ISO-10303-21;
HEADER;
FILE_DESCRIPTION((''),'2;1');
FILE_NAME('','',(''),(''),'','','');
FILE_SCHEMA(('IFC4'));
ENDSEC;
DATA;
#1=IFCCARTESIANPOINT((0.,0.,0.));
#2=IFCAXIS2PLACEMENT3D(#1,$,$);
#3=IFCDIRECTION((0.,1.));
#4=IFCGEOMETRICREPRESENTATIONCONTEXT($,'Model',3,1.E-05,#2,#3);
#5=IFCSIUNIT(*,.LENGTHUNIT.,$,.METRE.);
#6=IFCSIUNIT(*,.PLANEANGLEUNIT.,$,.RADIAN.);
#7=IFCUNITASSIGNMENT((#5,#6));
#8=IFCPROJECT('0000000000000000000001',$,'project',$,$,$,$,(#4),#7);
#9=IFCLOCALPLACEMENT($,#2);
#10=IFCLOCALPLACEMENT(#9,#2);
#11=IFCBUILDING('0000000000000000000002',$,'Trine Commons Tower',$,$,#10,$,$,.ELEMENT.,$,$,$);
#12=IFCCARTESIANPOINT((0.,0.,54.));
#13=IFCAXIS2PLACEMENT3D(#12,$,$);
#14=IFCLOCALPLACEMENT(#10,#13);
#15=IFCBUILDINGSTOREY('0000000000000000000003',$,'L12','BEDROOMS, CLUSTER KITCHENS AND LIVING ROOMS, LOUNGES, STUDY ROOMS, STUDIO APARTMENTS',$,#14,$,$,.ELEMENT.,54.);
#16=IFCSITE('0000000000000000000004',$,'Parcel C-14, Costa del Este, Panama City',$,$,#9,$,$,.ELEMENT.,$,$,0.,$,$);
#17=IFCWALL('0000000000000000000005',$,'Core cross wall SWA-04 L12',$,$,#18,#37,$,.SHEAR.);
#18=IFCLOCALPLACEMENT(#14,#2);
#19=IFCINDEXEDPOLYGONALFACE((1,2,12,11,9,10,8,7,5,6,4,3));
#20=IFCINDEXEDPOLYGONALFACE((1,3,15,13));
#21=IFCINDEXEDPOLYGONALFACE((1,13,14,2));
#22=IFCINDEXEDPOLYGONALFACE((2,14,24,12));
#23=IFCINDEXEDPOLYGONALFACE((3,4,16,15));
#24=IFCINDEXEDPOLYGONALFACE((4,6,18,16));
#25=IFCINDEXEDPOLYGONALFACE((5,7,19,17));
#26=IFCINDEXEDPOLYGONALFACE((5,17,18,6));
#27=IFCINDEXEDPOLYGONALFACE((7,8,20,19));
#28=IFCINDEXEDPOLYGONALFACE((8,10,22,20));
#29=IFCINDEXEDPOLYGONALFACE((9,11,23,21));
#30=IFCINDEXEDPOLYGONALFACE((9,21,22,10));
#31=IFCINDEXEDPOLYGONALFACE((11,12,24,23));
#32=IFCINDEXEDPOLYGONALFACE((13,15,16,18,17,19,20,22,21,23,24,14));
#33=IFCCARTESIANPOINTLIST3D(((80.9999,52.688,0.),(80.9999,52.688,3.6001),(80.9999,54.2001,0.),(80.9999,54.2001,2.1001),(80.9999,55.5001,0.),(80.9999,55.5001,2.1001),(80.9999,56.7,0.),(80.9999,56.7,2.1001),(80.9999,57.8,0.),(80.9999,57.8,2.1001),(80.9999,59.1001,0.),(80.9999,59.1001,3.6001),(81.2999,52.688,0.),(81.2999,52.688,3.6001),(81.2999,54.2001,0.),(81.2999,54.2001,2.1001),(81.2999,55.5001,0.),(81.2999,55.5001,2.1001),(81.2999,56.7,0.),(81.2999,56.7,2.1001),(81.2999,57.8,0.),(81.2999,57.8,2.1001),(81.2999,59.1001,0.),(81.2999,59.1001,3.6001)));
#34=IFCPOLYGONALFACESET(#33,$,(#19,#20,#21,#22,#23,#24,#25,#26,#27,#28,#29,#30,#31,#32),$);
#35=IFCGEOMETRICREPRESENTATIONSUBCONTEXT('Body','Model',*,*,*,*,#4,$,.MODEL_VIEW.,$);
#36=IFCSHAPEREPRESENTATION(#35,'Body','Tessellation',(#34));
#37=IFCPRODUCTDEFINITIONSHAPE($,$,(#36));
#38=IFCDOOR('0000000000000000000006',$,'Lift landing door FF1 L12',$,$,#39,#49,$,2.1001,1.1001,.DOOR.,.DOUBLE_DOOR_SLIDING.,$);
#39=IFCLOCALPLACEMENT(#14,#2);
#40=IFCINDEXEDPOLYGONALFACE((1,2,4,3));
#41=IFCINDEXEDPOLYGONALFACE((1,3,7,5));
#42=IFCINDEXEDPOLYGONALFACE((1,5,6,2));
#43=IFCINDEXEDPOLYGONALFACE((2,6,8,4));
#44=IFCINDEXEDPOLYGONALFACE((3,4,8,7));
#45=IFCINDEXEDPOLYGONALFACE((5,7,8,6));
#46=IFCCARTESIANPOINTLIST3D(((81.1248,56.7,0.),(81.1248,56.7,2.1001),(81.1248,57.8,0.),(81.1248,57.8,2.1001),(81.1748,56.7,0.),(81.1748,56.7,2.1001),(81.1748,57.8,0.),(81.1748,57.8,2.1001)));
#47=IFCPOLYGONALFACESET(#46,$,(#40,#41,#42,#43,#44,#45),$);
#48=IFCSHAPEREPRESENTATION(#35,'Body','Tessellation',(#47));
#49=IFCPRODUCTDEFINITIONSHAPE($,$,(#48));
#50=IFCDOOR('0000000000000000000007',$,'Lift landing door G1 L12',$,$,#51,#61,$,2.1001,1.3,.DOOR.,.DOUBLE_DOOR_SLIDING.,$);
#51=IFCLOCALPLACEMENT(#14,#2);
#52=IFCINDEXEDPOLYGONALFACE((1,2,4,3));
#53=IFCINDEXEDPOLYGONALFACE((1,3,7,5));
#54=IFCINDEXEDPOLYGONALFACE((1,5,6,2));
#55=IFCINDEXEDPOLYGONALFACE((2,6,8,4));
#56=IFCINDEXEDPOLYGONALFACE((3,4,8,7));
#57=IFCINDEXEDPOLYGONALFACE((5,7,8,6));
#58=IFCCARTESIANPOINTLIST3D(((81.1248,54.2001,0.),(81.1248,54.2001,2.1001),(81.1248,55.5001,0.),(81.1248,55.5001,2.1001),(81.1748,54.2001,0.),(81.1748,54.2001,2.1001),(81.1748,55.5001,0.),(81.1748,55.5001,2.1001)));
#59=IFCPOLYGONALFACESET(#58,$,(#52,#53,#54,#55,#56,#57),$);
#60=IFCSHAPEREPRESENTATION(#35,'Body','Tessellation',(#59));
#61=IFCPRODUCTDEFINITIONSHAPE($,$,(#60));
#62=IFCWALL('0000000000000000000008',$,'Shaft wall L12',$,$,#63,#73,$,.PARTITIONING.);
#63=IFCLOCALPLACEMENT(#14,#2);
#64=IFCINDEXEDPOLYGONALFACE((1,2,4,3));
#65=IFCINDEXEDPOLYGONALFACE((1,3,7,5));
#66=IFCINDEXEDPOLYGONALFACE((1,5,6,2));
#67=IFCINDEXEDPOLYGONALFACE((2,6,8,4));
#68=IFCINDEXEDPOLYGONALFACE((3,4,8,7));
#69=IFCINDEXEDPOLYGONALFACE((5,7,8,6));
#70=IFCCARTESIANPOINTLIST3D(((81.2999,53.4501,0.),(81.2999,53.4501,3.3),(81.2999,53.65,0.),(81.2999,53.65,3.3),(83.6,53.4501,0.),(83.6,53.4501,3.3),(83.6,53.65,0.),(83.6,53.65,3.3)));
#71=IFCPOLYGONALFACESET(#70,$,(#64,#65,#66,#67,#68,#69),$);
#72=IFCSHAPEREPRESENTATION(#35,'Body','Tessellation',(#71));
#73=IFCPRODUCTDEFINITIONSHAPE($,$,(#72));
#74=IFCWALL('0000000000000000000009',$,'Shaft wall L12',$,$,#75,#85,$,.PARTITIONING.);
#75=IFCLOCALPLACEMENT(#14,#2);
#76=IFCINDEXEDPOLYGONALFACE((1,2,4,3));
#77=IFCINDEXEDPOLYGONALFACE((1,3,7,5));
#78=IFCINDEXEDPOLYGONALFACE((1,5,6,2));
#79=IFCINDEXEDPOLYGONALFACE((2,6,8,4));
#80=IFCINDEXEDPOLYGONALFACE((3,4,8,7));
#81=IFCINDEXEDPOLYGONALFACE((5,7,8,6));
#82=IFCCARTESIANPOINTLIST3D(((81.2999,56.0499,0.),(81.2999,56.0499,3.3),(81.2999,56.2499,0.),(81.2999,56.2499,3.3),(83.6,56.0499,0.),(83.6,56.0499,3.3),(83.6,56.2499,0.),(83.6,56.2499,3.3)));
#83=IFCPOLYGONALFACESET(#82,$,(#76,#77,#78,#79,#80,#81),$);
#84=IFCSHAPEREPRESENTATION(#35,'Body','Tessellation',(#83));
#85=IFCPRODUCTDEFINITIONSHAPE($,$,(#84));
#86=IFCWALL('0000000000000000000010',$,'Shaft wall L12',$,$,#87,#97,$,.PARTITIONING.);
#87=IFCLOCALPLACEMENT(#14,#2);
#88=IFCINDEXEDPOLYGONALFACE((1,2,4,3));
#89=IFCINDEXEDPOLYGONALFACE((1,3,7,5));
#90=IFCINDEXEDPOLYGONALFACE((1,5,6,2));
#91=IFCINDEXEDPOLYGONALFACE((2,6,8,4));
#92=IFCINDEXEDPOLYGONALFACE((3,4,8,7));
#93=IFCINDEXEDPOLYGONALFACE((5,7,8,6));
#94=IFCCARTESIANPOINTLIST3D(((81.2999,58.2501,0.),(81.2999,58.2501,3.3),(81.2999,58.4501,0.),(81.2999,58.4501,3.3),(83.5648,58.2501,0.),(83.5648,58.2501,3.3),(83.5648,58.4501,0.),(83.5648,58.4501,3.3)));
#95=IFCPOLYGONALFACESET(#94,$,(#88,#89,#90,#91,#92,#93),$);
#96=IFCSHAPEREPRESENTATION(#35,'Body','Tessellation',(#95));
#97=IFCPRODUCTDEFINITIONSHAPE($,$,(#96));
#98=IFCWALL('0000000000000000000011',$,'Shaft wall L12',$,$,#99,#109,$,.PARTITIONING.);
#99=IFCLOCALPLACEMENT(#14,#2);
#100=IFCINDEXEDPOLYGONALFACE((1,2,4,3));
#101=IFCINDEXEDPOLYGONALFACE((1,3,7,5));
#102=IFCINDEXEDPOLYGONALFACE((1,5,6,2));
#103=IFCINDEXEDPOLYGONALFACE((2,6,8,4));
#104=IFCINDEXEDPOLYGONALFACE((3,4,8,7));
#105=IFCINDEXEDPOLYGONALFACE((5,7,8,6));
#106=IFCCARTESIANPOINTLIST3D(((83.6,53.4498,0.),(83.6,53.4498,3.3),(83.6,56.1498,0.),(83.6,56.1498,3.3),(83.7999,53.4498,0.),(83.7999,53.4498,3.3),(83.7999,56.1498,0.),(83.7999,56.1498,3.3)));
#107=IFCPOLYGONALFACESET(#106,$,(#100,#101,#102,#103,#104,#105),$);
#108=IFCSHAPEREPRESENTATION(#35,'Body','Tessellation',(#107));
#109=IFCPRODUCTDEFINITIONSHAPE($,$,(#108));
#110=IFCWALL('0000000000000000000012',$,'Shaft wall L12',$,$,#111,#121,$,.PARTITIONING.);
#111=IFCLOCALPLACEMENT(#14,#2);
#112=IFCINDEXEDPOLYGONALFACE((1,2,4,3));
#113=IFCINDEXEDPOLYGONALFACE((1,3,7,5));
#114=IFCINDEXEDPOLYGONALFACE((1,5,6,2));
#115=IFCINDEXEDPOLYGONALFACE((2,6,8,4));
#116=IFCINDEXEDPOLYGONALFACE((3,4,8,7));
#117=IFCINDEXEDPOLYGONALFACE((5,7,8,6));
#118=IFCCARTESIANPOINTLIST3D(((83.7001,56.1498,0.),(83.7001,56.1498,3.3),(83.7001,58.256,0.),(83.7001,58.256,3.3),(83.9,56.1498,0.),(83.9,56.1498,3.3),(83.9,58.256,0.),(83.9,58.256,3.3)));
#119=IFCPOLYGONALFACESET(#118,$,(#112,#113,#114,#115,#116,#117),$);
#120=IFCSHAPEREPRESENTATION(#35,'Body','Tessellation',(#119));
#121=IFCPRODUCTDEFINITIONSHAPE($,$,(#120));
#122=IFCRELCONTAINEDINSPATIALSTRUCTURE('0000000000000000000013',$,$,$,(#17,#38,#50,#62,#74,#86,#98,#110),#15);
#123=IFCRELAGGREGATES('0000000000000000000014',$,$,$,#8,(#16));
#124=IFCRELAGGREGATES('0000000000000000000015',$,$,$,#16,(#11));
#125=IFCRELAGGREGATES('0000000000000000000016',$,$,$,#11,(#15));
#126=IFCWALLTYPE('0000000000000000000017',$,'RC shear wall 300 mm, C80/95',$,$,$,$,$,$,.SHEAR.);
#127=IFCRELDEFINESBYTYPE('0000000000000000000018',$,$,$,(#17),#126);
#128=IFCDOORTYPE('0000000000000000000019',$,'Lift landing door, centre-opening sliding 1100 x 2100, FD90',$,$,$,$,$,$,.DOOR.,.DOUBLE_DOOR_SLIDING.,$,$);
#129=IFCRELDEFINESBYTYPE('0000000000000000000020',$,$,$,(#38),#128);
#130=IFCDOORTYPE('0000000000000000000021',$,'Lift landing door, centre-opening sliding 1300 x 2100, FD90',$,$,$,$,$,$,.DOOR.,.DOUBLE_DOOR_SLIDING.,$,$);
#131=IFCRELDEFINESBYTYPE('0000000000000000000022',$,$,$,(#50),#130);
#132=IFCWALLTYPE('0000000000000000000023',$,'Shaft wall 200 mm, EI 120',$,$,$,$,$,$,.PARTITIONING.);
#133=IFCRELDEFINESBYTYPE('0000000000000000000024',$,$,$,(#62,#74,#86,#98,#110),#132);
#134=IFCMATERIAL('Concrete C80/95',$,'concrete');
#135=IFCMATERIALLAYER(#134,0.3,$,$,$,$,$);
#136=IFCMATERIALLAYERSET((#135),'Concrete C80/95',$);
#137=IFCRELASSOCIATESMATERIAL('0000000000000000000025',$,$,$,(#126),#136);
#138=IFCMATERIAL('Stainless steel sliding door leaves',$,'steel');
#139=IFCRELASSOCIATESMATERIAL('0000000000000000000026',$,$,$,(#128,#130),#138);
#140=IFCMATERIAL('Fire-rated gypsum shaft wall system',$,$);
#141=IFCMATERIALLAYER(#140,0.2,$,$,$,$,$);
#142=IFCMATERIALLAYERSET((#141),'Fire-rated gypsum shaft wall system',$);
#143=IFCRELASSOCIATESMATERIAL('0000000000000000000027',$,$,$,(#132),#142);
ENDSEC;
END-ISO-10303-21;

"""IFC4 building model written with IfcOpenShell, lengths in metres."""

from ifc_helpers import new_model, si_unit, direction, frame, frame_2d, origin, place, context, subcontext, project, spatial, rectangle, extrude, material, layer, layer_set, type_object, element, fill, save


model = new_model("IFC4")

# Units and contexts
model_context = context("Model", 3, precision=1e-05, world=origin(), true_north=direction((0.0, 1.0)))
body_context = subcontext(model_context, "Body", "Model", "MODEL_VIEW")
ifc_project = project(units=[si_unit("LENGTHUNIT", "METRE"), si_unit("PLANEANGLEUNIT", "RADIAN")], contexts=[model_context])

# Site, building, storey
site_placement = place(None, origin())
site = spatial("IfcSite", under=ifc_project, at=site_placement, Name="Parcel C-14, Costa del Este, Panama City", CompositionType="ELEMENT", RefElevation=0.0)
building_placement = place(site_placement, origin())
building = spatial("IfcBuilding", under=site, at=building_placement, Name="Trine Commons Tower", CompositionType="ELEMENT")
storey_placement = place(building_placement, frame((0.0, 0.0, 54.0)))
storey = spatial("IfcBuildingStorey", under=building, at=storey_placement, Name="L12", Description="BEDROOMS, CLUSTER KITCHENS AND LIVING ROOMS, LOUNGES, STUDY ROOMS, STUDIO APARTMENTS", CompositionType="ELEMENT", Elevation=54.0)

# Shared definitions
ifc_material_1 = material(Name="Fire-rated gypsum shaft wall system")
ifc_material_2 = material(Name="Concrete C80/95", Category="concrete")

# Wall, openings, doors
ifc_layer_1 = layer(ifc_material_2, 0.3)
ifc_layer_set_1 = layer_set([ifc_layer_1], Name="Concrete C80/95")
wall_type_1 = type_object("IfcWallType", Name="RC shear wall 300 mm, C80/95", PredefinedType="SHEAR", material=ifc_layer_set_1)
ifc_material_3 = material(Name="Stainless steel sliding door leaves", Category="steel")
door_type_1 = type_object("IfcDoorType", Name="Lift landing door, centre-opening sliding 1100 x 2100, FD90", OperationType="DOUBLE_DOOR_SLIDING", PredefinedType="DOOR", material=ifc_material_3)
wall_1_placement = place(storey_placement, frame((81.1499, 59.1001, 0.0), z_axis=(0.0, 0.0, 1.0), x_axis=(0.0, -1.0, 0.0)))
wall_1 = element("IfcWall", 1, at=wall_1_placement, inside=storey, type_object=wall_type_1, Name="Core cross wall SWA-04 L12", PredefinedType="SHEAR", context=body_context, shape_type="SweptSolid", body=[
    extrude(rectangle(XDim=6.4121, YDim=0.3, at=frame_2d((3.2061, 0.0))), origin(), (0.0, 0.0, 1.0), 3.6001),
])
opening_1_placement = place(wall_1_placement, frame((3.6001, 0.0, 0.0)))
opening_1 = element("IfcOpeningElement", 2, at=opening_1_placement, cuts=wall_1, PredefinedType="OPENING", context=body_context, shape_type="SweptSolid", body=[
    extrude(rectangle(XDim=1.3, YDim=2.1001, at=frame_2d((0.6499, 1.05))), frame((0.0, 0.1599, 0.0), z_axis=(0.0, -1.0, 0.0), x_axis=(1.0, 0.0, 0.0)), (0.0, 0.0, 1.0), 0.3201),
])
opening_2_placement = place(wall_1_placement, frame((1.3, 0.0, 0.0)))
opening_2 = element("IfcOpeningElement", 3, at=opening_2_placement, cuts=wall_1, PredefinedType="OPENING", context=body_context, shape_type="SweptSolid", body=[
    extrude(rectangle(XDim=1.1001, YDim=2.1001, at=frame_2d((0.55, 1.05))), frame((0.0, 0.1599, 0.0), z_axis=(0.0, -1.0, 0.0), x_axis=(1.0, 0.0, 0.0)), (0.0, 0.0, 1.0), 0.3201),
])
door_1_placement = place(opening_2_placement, origin())
door_1 = element("IfcDoor", 4, at=door_1_placement, inside=storey, type_object=door_type_1, Name="Lift landing door FF1 L12", OperationType="DOUBLE_DOOR_SLIDING", OverallHeight=2.1001, OverallWidth=1.1001, PredefinedType="DOOR", context=body_context, shape_type="SweptSolid", body=[
    extrude(rectangle(XDim=1.1001, YDim=2.1001, at=frame_2d((0.55, 1.05))), frame((0.0, 0.0249, 0.0), z_axis=(0.0, -1.0, 0.0), x_axis=(1.0, 0.0, 0.0)), (0.0, 0.0, 1.0), 0.05),
])
fill(opening_2, door_1)
door_type_2 = type_object("IfcDoorType", Name="Lift landing door, centre-opening sliding 1300 x 2100, FD90", OperationType="DOUBLE_DOOR_SLIDING", PredefinedType="DOOR", material=ifc_material_3)
door_2_placement = place(opening_1_placement, origin())
door_2 = element("IfcDoor", 5, at=door_2_placement, inside=storey, type_object=door_type_2, Name="Lift landing door G1 L12", OperationType="DOUBLE_DOOR_SLIDING", OverallHeight=2.1001, OverallWidth=1.3, PredefinedType="DOOR", context=body_context, shape_type="SweptSolid", body=[
    extrude(rectangle(XDim=1.3, YDim=2.1001, at=frame_2d((0.6499, 1.05))), frame((0.0, 0.0249, 0.0), z_axis=(0.0, -1.0, 0.0), x_axis=(1.0, 0.0, 0.0)), (0.0, 0.0, 1.0), 0.05),
])
fill(opening_1, door_2)

# Walls
ifc_layer_2 = layer(ifc_material_1, 0.2)
ifc_layer_set_2 = layer_set([ifc_layer_2], Name="Fire-rated gypsum shaft wall system")
wall_type_2 = type_object("IfcWallType", Name="Shaft wall 200 mm, EI 120", PredefinedType="PARTITIONING", material=ifc_layer_set_2)
for number, where, z_axis, x_axis, name in (
    (6, (81.3, 53.55, 0.0), (0.0, 0.0, 1.0), (1.0, 0.0, 0.0), "Shaft wall L12"),
    (7, (81.3, 56.1499, 0.0), (0.0, 0.0, 1.0), (1.0, 0.0, 0.0), "Shaft wall L12"),
):
    element("IfcWall", number, at=place(storey_placement, frame(where, z_axis=z_axis, x_axis=x_axis)), inside=storey, type_object=wall_type_2, Name=name, PredefinedType="PARTITIONING", context=body_context, shape_type="SweptSolid", body=[
        extrude(rectangle(XDim=2.3, YDim=0.2, at=frame_2d((1.1499, 0.0))), origin(), (0.0, 0.0, 1.0), 3.3),
    ])
wall_2_placement = place(storey_placement, frame((81.3, 58.3501, 0.0), z_axis=(0.0, 0.0, 1.0), x_axis=(1.0, 0.0, 0.0)))
element("IfcWall", 8, at=wall_2_placement, inside=storey, type_object=wall_type_2, Name="Shaft wall L12", PredefinedType="PARTITIONING", context=body_context, shape_type="SweptSolid", body=[
    extrude(rectangle(XDim=2.2649, YDim=0.2, at=frame_2d((1.1323, 0.0))), origin(), (0.0, 0.0, 1.0), 3.3),
])
wall_3_placement = place(storey_placement, frame((83.7, 56.1499, 0.0), z_axis=(0.0, 0.0, 1.0), x_axis=(0.0, -1.0, 0.0)))
element("IfcWall", 9, at=wall_3_placement, inside=storey, type_object=wall_type_2, Name="Shaft wall L12", PredefinedType="PARTITIONING", context=body_context, shape_type="SweptSolid", body=[
    extrude(rectangle(XDim=2.7, YDim=0.2, at=frame_2d((1.3501, 0.0))), origin(), (0.0, 0.0, 1.0), 3.3),
])
wall_4_placement = place(storey_placement, frame((83.8, 58.2561, 0.0), z_axis=(0.0, 0.0, 1.0), x_axis=(0.0, -1.0, 0.0)))
element("IfcWall", 10, at=wall_4_placement, inside=storey, type_object=wall_type_2, Name="Shaft wall L12", PredefinedType="PARTITIONING", context=body_context, shape_type="SweptSolid", body=[
    extrude(rectangle(XDim=2.1062, YDim=0.2, at=frame_2d((1.0532, 0.0))), origin(), (0.0, 0.0, 1.0), 3.3),
])

save(model, "model.ifc")
